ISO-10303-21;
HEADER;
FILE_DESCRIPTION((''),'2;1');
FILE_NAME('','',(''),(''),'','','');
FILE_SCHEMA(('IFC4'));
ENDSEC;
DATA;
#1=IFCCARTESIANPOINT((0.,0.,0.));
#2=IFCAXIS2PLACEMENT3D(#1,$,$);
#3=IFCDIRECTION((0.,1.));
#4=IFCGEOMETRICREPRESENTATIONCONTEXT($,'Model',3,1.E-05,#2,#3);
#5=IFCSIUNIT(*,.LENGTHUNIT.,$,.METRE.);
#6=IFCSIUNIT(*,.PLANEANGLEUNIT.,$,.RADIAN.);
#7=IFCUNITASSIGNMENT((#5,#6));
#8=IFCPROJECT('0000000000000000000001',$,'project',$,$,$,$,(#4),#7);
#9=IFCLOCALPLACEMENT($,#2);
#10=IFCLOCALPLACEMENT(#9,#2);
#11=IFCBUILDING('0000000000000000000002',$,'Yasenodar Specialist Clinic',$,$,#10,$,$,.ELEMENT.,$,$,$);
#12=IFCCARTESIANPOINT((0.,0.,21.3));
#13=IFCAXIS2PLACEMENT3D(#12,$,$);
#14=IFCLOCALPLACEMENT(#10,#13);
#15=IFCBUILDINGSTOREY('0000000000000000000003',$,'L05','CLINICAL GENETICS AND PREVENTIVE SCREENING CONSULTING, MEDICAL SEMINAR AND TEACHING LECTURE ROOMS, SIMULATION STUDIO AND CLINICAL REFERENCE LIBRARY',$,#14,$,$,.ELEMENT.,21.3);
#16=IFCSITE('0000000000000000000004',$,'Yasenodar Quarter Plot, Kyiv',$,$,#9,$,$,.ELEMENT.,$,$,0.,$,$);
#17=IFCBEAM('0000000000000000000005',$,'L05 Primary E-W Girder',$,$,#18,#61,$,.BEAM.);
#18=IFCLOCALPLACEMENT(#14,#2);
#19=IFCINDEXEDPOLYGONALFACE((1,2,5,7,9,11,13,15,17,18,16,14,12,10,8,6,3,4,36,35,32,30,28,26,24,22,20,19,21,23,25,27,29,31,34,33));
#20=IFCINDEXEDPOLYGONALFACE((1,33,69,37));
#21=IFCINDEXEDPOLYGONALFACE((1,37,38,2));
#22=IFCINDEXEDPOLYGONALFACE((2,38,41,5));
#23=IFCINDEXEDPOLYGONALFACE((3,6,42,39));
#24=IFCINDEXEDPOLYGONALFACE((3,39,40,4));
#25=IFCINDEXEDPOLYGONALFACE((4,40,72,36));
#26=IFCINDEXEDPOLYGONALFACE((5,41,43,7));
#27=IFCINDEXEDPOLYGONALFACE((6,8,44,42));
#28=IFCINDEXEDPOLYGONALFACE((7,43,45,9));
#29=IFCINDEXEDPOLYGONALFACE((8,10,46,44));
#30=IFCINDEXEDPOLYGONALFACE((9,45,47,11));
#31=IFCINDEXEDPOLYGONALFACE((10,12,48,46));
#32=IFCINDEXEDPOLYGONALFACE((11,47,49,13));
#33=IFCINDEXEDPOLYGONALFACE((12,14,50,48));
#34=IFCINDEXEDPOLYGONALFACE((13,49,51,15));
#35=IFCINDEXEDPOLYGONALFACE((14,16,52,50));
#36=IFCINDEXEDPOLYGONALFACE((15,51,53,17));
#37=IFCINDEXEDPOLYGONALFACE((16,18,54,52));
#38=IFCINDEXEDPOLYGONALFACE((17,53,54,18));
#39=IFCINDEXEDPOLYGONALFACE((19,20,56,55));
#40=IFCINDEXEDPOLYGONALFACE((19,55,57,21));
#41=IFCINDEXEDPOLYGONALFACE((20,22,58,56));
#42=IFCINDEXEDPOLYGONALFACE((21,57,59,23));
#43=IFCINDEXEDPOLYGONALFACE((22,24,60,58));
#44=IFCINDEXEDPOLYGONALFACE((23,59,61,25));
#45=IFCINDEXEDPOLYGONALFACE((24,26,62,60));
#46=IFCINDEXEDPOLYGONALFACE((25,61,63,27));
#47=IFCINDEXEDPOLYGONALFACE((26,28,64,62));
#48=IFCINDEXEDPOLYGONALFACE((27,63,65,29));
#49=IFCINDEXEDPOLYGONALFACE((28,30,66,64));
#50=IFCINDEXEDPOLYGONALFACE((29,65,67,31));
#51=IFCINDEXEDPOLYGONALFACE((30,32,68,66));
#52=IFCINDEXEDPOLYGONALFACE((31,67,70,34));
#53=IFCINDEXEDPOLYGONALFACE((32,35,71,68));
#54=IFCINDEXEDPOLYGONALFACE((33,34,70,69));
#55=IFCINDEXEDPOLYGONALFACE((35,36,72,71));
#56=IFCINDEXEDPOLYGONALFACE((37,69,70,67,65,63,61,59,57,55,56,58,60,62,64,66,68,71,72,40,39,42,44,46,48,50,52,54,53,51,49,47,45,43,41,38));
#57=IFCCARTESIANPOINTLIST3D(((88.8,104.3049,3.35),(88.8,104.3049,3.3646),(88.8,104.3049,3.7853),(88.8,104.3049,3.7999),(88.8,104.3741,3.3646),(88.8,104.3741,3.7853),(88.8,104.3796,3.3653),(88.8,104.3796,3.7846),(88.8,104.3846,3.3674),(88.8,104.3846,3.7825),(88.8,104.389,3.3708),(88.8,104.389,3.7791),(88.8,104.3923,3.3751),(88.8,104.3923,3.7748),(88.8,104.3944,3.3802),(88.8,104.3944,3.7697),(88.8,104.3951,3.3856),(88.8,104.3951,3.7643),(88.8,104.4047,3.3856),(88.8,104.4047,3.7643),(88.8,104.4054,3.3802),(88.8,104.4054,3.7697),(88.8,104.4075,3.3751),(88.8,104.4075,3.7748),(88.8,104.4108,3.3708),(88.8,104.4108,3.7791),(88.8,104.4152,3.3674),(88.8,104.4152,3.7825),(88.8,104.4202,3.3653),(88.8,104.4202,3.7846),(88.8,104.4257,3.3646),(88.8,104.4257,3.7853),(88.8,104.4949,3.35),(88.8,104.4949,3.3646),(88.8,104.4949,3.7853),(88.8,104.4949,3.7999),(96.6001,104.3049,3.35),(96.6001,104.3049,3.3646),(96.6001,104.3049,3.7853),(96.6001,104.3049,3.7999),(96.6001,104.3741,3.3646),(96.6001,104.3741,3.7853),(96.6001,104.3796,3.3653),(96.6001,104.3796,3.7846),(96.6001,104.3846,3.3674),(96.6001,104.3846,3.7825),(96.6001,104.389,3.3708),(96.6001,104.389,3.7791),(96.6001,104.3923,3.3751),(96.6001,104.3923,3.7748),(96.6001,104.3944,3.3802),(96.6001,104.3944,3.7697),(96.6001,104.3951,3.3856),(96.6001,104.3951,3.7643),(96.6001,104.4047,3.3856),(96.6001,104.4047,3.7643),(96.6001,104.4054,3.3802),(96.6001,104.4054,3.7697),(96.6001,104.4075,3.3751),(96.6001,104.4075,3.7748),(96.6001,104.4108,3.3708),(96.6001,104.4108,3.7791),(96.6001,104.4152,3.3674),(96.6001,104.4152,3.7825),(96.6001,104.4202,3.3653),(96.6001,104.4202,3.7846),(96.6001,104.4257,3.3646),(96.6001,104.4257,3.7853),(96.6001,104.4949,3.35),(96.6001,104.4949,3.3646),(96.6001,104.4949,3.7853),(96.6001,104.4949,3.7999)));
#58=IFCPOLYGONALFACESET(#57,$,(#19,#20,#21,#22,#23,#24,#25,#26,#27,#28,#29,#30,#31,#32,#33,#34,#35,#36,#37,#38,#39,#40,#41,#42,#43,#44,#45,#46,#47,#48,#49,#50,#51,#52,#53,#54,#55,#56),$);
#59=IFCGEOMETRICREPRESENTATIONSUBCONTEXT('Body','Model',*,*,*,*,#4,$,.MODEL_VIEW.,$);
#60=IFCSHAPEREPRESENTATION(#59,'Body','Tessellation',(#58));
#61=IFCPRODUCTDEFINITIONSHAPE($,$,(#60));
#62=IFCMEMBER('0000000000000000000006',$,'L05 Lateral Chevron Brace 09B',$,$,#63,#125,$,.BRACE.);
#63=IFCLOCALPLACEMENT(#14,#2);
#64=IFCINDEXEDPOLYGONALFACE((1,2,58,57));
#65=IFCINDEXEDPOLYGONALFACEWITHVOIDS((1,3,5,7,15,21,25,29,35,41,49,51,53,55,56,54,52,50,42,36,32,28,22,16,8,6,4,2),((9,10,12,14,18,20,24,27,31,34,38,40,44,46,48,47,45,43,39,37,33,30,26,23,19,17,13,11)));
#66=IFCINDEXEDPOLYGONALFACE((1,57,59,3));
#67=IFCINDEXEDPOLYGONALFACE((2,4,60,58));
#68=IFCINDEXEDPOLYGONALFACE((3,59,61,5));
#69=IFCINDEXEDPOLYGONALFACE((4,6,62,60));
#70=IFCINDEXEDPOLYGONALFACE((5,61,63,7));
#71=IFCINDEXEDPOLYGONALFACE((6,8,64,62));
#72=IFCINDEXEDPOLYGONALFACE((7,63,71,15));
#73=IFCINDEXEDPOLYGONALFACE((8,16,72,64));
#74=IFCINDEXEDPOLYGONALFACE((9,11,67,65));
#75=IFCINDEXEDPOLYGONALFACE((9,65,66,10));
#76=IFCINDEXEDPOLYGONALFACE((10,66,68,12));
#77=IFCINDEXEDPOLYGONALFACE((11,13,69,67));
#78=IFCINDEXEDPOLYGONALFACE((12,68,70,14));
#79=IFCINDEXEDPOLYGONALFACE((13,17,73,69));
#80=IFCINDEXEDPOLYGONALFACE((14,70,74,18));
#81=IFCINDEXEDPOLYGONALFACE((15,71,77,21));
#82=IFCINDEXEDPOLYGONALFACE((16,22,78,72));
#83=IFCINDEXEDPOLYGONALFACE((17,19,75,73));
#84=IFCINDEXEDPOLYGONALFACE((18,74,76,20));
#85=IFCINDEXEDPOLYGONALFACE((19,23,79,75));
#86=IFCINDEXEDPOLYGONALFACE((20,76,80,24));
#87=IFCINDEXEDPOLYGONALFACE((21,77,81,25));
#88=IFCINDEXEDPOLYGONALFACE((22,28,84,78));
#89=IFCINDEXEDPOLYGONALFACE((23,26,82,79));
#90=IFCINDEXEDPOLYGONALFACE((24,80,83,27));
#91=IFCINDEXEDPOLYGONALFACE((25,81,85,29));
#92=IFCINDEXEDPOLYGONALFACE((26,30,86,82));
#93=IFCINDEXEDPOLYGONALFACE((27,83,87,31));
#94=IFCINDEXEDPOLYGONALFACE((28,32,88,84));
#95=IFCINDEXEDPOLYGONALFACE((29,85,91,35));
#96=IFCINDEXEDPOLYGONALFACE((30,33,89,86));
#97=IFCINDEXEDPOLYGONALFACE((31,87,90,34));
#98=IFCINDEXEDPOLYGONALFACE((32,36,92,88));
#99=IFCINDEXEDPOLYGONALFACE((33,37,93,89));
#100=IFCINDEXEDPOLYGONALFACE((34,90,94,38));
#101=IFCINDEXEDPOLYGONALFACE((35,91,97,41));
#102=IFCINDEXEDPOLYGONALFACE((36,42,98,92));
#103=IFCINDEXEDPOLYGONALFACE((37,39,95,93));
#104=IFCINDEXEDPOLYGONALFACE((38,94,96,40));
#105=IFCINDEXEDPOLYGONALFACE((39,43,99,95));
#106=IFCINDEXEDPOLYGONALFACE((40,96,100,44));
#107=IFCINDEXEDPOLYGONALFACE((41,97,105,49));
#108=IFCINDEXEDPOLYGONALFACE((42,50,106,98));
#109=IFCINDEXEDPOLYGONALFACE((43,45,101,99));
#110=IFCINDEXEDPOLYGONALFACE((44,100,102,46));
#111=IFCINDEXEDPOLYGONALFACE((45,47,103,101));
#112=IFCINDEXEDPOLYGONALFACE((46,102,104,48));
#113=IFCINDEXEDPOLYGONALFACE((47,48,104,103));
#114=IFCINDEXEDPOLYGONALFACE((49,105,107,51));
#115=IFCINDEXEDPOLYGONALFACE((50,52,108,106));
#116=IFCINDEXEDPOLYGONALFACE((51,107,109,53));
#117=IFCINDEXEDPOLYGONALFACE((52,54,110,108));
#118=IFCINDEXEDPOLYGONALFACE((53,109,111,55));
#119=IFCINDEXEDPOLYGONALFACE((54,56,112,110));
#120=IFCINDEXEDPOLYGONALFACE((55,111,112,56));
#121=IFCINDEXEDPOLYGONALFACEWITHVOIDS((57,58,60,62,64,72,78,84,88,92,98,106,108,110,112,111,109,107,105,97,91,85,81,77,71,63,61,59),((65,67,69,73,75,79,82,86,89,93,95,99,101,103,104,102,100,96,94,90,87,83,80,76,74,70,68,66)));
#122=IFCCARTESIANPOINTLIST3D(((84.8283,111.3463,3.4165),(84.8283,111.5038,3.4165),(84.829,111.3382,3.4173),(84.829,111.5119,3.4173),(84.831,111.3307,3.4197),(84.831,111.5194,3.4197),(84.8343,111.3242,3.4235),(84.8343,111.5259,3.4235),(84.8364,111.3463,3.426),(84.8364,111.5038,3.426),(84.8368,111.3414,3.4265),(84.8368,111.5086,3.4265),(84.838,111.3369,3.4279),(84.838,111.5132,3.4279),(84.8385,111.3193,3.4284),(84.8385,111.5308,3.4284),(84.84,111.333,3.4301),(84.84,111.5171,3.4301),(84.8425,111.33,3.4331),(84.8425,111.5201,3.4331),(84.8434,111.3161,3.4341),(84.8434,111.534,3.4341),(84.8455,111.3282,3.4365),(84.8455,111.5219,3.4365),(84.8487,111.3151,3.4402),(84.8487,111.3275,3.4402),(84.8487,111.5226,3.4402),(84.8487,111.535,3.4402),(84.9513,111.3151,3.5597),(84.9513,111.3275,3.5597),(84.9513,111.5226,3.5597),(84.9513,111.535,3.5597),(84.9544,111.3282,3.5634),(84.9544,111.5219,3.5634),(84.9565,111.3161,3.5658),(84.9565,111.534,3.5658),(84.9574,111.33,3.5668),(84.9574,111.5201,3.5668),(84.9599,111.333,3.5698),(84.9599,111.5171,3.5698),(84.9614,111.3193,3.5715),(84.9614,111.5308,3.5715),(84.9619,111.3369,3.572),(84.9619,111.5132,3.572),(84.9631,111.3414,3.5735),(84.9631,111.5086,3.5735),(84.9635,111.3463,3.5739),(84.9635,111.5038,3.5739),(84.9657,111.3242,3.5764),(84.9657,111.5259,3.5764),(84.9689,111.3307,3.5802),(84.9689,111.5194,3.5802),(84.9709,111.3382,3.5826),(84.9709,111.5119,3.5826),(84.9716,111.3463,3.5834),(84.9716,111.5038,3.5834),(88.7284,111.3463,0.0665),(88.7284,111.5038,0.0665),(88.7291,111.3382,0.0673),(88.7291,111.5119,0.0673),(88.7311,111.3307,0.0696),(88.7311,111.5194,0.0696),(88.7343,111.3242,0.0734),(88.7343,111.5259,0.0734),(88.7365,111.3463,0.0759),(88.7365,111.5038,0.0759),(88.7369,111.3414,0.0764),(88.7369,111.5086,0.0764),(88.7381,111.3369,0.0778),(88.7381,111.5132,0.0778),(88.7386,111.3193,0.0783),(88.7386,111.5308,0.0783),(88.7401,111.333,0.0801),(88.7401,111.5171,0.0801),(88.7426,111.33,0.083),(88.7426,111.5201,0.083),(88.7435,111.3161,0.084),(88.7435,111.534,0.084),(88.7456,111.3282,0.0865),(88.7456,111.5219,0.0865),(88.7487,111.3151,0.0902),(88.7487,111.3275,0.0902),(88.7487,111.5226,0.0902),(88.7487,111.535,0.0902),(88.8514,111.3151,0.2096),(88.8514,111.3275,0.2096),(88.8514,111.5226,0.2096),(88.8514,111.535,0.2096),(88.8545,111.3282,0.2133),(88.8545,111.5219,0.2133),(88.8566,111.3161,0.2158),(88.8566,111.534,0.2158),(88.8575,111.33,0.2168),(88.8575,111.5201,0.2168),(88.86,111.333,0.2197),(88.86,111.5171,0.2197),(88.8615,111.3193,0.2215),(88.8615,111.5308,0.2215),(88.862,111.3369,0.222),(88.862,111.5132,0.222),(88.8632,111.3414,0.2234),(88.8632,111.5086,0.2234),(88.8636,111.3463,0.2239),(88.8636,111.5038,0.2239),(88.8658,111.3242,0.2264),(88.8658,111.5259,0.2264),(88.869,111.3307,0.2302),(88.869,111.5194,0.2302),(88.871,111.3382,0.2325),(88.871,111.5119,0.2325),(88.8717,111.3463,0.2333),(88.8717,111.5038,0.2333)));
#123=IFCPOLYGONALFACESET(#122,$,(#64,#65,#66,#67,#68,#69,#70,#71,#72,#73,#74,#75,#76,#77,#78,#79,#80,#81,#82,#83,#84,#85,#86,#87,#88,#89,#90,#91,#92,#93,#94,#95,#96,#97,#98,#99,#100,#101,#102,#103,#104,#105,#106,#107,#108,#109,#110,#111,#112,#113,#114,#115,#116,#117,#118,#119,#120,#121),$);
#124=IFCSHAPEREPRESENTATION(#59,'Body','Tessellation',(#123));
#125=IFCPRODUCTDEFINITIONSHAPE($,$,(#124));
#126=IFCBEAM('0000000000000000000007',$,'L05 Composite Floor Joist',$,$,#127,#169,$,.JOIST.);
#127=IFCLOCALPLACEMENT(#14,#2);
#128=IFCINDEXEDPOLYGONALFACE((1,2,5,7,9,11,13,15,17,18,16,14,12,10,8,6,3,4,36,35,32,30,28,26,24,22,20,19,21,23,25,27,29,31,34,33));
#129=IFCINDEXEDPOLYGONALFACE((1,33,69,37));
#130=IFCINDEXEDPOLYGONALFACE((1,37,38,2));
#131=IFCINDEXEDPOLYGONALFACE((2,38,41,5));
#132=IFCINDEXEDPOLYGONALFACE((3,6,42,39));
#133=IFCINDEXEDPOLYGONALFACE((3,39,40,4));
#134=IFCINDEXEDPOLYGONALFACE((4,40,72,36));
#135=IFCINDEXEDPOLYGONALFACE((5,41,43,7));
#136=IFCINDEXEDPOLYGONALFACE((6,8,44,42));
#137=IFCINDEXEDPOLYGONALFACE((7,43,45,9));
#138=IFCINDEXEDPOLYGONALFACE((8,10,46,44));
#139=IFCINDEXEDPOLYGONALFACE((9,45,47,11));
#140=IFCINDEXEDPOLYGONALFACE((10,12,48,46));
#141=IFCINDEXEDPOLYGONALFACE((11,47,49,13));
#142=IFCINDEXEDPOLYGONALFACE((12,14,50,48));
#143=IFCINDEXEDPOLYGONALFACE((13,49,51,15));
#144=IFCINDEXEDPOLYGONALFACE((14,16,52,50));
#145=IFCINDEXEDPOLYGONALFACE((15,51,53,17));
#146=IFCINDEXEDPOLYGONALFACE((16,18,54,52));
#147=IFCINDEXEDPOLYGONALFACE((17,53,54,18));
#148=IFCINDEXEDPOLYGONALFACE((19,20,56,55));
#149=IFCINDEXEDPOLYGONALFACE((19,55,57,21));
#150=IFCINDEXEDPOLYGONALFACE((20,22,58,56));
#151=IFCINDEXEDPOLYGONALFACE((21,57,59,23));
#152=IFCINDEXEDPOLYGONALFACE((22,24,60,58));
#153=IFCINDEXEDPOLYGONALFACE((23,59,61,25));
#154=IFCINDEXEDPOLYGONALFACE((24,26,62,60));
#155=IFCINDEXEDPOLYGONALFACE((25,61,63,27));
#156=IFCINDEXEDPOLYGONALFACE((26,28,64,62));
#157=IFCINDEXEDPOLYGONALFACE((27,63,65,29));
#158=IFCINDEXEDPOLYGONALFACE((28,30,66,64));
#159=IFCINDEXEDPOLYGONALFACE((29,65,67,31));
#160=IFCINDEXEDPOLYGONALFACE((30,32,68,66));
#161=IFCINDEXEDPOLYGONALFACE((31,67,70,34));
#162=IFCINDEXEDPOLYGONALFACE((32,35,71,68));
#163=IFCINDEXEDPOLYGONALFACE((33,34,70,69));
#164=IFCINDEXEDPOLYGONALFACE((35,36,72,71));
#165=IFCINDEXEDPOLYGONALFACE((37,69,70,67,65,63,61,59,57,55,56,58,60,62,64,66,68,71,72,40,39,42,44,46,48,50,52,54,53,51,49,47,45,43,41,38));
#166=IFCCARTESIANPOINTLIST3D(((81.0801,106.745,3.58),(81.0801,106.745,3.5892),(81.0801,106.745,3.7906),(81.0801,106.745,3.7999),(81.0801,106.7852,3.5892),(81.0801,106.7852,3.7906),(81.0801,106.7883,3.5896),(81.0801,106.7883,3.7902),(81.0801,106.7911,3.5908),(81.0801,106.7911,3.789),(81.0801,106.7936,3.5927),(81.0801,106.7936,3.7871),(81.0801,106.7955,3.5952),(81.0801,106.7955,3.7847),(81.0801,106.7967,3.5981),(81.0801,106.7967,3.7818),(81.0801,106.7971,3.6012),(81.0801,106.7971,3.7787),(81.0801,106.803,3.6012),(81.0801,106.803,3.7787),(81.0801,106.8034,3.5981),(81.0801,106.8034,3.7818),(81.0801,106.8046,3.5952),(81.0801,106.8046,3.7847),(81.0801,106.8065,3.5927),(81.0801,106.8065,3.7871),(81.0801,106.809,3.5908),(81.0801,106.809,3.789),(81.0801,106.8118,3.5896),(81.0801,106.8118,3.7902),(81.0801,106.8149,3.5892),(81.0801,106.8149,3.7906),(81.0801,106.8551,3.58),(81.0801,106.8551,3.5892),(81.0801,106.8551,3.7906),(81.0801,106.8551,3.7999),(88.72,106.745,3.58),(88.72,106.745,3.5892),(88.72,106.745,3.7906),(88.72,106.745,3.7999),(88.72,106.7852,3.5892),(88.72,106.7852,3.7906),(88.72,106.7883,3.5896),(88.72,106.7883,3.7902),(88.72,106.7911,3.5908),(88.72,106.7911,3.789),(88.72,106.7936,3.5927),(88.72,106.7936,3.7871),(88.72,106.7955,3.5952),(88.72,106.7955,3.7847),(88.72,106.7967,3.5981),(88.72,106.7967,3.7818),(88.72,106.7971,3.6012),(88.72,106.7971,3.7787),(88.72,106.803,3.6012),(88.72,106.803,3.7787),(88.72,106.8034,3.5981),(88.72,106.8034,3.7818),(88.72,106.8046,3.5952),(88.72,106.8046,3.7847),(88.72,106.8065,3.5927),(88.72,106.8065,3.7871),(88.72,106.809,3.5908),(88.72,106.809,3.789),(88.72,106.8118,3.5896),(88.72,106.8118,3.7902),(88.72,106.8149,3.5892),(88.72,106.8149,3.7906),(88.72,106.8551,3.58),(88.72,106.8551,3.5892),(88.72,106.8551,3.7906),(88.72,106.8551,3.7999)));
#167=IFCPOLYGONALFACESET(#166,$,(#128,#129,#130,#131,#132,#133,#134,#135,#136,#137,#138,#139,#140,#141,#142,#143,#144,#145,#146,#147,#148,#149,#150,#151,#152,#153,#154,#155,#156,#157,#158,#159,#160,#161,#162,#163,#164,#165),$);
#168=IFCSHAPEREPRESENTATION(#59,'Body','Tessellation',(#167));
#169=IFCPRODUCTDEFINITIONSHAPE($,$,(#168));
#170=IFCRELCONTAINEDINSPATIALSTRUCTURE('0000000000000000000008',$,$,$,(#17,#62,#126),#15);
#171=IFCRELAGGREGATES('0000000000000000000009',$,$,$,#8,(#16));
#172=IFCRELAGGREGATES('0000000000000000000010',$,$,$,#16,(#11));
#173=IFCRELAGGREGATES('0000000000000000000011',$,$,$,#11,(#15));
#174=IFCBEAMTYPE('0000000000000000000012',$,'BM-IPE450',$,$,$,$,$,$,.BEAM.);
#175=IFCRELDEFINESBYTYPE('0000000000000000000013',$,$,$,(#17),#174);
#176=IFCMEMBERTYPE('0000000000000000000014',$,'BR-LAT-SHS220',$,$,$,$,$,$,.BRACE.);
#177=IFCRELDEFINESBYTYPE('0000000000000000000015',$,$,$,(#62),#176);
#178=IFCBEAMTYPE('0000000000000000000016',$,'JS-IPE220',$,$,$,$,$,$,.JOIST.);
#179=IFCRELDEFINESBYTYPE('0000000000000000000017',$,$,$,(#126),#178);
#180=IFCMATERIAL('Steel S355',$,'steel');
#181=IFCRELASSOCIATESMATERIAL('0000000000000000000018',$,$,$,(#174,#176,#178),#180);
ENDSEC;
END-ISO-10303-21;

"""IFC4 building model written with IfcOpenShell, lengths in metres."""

from ifc_helpers import new_model, si_unit, direction, frame, origin, origin_2d, place, context, subcontext, project, spatial, hollow_rectangle, i_section, extrude, material, material_profile, profile_set, type_object, element, save


model = new_model("IFC4")

# Units and contexts
model_context = context("Model", 3, precision=1e-05, world=origin(), true_north=direction((0.0, 1.0)))
body_context = subcontext(model_context, "Body", "Model", "MODEL_VIEW")
ifc_project = project(units=[si_unit("LENGTHUNIT", "METRE"), si_unit("PLANEANGLEUNIT", "RADIAN")], contexts=[model_context])

# Site, building, storey
site_placement = place(None, origin())
site = spatial("IfcSite", under=ifc_project, at=site_placement, Name="Yasenodar Quarter Plot, Kyiv", CompositionType="ELEMENT", RefElevation=0.0)
building_placement = place(site_placement, origin())
building = spatial("IfcBuilding", under=site, at=building_placement, Name="Yasenodar Specialist Clinic", CompositionType="ELEMENT")
storey_placement = place(building_placement, frame((0.0, 0.0, 21.3)))
storey = spatial("IfcBuildingStorey", under=building, at=storey_placement, Name="L05", Description="CLINICAL GENETICS AND PREVENTIVE SCREENING CONSULTING, MEDICAL SEMINAR AND TEACHING LECTURE ROOMS, SIMULATION STUDIO AND CLINICAL REFERENCE LIBRARY", CompositionType="ELEMENT", Elevation=21.3)

# Shared definitions
ifc_material_1 = material(Name="Steel S355", Category="steel")

# Beam
ifc_material_profile_1 = material_profile(ifc_material_1, i_section(OverallWidth=0.1899, OverallDepth=0.45, WebThickness=0.0095, FlangeThickness=0.0146, FilletRadius=0.021, at=origin_2d()), Name="IPE 450")
ifc_profile_set_1 = profile_set([ifc_material_profile_1], Name="Steel S355")
beam_type_1 = type_object("IfcBeamType", Name="BM-IPE450", PredefinedType="BEAM", material=ifc_profile_set_1)
beam_1_placement = place(storey_placement, frame((88.8, 104.3999, 3.575), z_axis=(1.0, 0.0, 0.0), x_axis=(0.0, 1.0, 0.0)))
element("IfcBeam", 1, at=beam_1_placement, inside=storey, type_object=beam_type_1, Name="L05 Primary E-W Girder", PredefinedType="BEAM", context=body_context, shape_type="SweptSolid", body=[
    extrude(i_section(OverallWidth=0.1899, OverallDepth=0.45, WebThickness=0.0095, FlangeThickness=0.0146, FilletRadius=0.021, at=origin_2d()), origin(), (0.0, 0.0, 1.0), 7.8),
])

# Member
ifc_material_profile_2 = material_profile(ifc_material_1, hollow_rectangle(XDim=0.22, YDim=0.22, WallThickness=0.0125, InnerFilletRadius=0.0188, OuterFilletRadius=0.0312, at=origin_2d()), Name="SHS 220x220x12.5")
ifc_profile_set_2 = profile_set([ifc_material_profile_2], Name="Steel S355")
member_type = type_object("IfcMemberType", Name="BR-LAT-SHS220", PredefinedType="BRACE", material=ifc_profile_set_2)
member_placement = place(storey_placement, frame((88.8, 111.425, 0.1499), z_axis=(-0.758572, 0.0, 0.651589), x_axis=(0.0, -1.0, 0.0)))
element("IfcMember", 2, at=member_placement, inside=storey, type_object=member_type, Name="L05 Lateral Chevron Brace 09B", PredefinedType="BRACE", context=body_context, shape_type="SweptSolid", body=[
    extrude(hollow_rectangle(XDim=0.22, YDim=0.22, WallThickness=0.0125, InnerFilletRadius=0.0188, OuterFilletRadius=0.0312, at=origin_2d()), origin(), (0.0, 0.0, 1.0), 5.1414),
])

# Beam
ifc_material_profile_3 = material_profile(ifc_material_1, i_section(OverallWidth=0.1101, OverallDepth=0.22, WebThickness=0.0059, FlangeThickness=0.0093, FilletRadius=0.012, at=origin_2d()), Name="IPE 220")
ifc_profile_set_3 = profile_set([ifc_material_profile_3], Name="Steel S355")
beam_type_2 = type_object("IfcBeamType", Name="JS-IPE220", PredefinedType="JOIST", material=ifc_profile_set_3)
beam_2_placement = place(storey_placement, frame((81.0801, 106.8, 3.6899), z_axis=(1.0, 0.0, 0.0), x_axis=(0.0, 1.0, 0.0)))
element("IfcBeam", 3, at=beam_2_placement, inside=storey, type_object=beam_type_2, Name="L05 Composite Floor Joist", PredefinedType="JOIST", context=body_context, shape_type="SweptSolid", body=[
    extrude(i_section(OverallWidth=0.1101, OverallDepth=0.22, WebThickness=0.0059, FlangeThickness=0.0093, FilletRadius=0.012, at=origin_2d()), origin(), (0.0, 0.0, 1.0), 7.6399),
])

save(model, "model.ifc")
